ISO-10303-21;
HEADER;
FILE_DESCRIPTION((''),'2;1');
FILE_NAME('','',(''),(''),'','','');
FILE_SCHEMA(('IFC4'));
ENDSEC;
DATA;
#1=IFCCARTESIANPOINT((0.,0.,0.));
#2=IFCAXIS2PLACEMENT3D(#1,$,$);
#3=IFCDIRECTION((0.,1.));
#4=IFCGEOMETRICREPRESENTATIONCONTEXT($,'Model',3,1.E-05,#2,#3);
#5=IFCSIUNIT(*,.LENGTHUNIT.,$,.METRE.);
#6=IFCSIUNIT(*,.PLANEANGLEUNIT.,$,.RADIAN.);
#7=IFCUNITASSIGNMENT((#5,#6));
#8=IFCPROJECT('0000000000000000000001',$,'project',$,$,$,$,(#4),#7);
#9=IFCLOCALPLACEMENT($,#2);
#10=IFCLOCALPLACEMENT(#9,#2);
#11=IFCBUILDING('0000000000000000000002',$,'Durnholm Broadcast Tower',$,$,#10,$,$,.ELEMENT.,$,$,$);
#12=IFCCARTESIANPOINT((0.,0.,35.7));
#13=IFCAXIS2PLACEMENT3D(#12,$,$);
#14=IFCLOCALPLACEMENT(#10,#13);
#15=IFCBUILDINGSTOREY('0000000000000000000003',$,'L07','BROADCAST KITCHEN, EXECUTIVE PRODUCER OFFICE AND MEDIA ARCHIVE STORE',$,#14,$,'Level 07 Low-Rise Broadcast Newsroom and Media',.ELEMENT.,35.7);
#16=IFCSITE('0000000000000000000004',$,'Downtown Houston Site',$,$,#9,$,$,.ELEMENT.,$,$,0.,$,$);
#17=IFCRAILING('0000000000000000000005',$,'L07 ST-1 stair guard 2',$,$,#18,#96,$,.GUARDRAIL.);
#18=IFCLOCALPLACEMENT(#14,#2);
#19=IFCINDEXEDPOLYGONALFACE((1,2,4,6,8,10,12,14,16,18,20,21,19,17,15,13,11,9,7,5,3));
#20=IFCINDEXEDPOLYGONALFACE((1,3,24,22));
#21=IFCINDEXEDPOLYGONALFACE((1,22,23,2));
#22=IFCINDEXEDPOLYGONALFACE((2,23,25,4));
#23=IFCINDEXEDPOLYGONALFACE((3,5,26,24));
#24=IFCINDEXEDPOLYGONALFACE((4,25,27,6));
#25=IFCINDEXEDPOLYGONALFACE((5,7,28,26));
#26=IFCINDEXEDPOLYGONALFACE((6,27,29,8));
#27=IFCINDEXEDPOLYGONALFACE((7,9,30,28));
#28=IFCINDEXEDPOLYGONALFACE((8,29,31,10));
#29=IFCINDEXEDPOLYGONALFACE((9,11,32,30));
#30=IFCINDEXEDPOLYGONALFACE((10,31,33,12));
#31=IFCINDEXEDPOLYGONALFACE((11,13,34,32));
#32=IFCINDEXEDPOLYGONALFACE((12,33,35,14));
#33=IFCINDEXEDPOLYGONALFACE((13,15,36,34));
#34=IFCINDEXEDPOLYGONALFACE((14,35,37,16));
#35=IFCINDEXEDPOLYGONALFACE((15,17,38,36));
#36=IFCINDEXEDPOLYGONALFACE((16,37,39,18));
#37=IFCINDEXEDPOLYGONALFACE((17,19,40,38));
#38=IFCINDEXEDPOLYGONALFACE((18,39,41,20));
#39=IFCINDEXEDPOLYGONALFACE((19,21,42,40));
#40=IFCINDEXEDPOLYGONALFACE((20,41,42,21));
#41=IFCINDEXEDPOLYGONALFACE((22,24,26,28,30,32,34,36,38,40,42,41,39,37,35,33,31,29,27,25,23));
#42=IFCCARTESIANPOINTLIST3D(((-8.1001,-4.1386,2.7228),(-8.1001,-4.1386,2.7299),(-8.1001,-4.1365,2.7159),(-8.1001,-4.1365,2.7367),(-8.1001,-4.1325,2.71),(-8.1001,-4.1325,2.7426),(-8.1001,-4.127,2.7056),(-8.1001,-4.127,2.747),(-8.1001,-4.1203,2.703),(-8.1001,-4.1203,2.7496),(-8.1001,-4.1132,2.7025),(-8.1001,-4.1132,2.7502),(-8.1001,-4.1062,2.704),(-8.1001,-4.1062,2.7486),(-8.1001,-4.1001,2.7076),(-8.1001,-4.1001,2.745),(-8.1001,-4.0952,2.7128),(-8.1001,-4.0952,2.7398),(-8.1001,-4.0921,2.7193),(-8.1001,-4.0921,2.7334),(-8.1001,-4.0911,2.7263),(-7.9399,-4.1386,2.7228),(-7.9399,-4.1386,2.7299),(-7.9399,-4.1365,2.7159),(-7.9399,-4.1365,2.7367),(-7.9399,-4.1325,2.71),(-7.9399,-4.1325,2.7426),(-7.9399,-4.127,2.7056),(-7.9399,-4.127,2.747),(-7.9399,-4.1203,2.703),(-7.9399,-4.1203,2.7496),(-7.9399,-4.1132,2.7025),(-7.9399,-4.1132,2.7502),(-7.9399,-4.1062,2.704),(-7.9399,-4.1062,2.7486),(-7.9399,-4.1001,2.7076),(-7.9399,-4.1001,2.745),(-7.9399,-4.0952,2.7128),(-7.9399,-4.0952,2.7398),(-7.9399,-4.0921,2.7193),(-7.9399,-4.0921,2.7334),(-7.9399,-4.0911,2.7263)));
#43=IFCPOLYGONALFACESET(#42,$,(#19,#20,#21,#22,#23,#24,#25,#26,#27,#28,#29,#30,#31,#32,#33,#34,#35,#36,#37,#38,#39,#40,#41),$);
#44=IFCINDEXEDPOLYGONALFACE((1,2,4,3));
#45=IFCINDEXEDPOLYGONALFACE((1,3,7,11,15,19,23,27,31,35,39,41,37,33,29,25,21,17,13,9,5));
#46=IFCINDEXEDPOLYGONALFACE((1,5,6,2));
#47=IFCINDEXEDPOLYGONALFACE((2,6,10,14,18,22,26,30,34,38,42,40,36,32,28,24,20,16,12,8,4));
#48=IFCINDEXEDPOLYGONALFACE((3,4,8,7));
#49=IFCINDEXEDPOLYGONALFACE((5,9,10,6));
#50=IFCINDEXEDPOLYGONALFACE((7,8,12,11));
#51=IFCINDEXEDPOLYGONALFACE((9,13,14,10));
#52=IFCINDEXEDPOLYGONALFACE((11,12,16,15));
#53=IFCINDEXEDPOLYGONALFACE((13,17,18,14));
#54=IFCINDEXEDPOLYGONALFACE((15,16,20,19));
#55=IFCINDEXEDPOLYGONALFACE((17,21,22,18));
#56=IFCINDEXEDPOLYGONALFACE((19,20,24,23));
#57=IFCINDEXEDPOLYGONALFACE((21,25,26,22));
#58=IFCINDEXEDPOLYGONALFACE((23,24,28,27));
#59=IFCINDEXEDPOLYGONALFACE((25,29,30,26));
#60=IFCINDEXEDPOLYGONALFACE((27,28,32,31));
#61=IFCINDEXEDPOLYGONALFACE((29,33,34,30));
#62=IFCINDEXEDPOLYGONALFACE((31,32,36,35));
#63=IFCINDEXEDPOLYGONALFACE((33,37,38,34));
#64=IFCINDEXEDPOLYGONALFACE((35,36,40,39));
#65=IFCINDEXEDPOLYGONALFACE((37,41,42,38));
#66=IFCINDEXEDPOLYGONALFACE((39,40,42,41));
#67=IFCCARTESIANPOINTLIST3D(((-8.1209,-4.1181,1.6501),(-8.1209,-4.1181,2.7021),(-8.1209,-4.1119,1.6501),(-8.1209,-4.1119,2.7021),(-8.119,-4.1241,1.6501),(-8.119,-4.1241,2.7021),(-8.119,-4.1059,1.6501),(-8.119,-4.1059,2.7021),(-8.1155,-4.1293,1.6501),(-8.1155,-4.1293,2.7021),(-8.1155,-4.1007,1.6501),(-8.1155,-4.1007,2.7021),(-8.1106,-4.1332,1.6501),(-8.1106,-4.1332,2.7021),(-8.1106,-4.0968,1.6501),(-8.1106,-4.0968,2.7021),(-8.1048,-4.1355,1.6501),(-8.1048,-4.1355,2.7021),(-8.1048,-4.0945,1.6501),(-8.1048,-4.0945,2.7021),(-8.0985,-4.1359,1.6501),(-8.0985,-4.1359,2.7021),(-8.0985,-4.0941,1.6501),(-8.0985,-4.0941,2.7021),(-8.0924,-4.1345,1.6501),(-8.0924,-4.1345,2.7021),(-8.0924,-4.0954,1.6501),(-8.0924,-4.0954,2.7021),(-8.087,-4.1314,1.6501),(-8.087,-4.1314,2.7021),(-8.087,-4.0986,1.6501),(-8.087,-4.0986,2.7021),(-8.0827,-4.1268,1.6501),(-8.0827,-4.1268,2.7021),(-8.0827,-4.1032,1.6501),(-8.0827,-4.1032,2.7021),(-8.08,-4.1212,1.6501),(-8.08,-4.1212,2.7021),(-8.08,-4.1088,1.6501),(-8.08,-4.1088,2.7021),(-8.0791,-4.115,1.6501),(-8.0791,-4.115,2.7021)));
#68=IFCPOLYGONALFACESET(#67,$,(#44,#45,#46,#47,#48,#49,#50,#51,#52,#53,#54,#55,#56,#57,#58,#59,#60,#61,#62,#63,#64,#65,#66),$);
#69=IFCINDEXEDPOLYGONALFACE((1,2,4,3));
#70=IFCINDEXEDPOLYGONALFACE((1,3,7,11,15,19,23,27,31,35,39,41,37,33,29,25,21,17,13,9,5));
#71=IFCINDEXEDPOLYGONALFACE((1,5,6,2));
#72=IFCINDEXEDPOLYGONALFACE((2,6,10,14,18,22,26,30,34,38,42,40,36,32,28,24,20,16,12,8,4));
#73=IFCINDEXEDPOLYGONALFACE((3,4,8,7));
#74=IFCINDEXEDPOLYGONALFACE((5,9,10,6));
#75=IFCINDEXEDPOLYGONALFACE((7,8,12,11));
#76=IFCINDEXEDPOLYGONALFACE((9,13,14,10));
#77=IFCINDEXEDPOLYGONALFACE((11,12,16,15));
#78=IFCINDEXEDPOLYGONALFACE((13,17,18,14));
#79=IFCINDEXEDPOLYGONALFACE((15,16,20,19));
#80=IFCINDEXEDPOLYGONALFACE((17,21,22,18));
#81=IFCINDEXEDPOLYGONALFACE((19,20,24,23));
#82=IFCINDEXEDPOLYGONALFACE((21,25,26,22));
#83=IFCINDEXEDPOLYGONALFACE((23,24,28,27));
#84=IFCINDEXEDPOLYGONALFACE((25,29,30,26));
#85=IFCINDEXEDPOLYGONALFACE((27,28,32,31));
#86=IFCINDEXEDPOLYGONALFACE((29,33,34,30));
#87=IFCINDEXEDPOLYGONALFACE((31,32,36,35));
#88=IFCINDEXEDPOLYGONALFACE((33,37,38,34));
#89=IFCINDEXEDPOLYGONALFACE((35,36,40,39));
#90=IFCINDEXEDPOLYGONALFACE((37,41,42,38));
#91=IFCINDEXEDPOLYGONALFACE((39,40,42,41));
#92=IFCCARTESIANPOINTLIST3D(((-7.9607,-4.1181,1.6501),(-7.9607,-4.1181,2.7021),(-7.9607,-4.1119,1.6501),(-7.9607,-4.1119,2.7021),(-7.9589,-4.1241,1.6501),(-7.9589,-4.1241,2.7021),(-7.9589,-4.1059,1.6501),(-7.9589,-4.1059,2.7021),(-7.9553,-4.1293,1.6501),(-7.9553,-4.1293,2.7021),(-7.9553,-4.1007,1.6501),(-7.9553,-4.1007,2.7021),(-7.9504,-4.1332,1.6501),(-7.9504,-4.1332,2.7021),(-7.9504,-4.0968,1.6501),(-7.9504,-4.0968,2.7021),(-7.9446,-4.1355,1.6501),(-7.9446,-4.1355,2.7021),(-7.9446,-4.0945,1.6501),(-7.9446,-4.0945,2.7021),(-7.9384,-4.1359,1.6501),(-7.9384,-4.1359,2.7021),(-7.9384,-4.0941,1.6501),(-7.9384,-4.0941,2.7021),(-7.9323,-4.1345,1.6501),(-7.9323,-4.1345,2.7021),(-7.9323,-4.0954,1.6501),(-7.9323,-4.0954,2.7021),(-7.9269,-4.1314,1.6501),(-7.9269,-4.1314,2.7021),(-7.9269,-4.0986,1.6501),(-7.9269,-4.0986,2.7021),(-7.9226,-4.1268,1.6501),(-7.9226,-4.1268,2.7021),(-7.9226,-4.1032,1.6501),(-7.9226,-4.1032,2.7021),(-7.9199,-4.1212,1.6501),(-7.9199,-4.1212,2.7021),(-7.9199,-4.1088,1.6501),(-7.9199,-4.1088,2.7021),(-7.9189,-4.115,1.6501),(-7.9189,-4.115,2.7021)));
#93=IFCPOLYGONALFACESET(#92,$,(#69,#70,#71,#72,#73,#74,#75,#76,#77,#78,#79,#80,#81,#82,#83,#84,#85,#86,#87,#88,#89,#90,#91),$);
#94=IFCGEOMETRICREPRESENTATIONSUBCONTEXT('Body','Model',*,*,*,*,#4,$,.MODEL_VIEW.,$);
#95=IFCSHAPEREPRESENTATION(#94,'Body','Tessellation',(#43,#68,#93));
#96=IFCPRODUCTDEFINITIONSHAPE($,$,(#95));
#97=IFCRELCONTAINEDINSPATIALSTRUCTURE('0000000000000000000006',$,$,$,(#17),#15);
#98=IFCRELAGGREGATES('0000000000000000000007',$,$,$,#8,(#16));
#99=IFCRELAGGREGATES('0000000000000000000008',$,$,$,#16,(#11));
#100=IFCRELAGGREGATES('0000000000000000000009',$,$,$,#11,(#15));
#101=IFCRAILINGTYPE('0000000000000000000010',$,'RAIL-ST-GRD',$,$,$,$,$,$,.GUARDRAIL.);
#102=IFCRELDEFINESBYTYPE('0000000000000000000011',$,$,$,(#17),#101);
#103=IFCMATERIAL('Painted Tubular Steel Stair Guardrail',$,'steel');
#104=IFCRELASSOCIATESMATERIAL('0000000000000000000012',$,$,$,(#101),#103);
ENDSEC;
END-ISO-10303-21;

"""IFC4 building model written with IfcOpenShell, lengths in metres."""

from ifc_helpers import new_model, si_unit, direction, frame, origin, origin_2d, place, context, subcontext, project, spatial, circle, extrude, material, type_object, element, save


model = new_model("IFC4")

# Units and contexts
model_context = context("Model", 3, precision=1e-05, world=origin(), true_north=direction((0.0, 1.0)))
body_context = subcontext(model_context, "Body", "Model", "MODEL_VIEW")
ifc_project = project(units=[si_unit("LENGTHUNIT", "METRE"), si_unit("PLANEANGLEUNIT", "RADIAN")], contexts=[model_context])

# Site, building, storey
site_placement = place(None, origin())
site = spatial("IfcSite", under=ifc_project, at=site_placement, Name="Downtown Houston Site", CompositionType="ELEMENT", RefElevation=0.0)
building_placement = place(site_placement, origin())
building = spatial("IfcBuilding", under=site, at=building_placement, Name="Durnholm Broadcast Tower", CompositionType="ELEMENT")
storey_placement = place(building_placement, frame((0.0, 0.0, 35.7)))
storey = spatial("IfcBuildingStorey", under=building, at=storey_placement, Name="L07", Description="BROADCAST KITCHEN, EXECUTIVE PRODUCER OFFICE AND MEDIA ARCHIVE STORE", LongName="Level 07 Low-Rise Broadcast Newsroom and Media", CompositionType="ELEMENT", Elevation=35.7)

# Railing
ifc_material_1 = material(Name="Painted Tubular Steel Stair Guardrail", Category="steel")
railing_type_1 = type_object("IfcRailingType", Name="RAIL-ST-GRD", PredefinedType="GUARDRAIL", material=ifc_material_1)
railing_1_placement = place(storey_placement, frame((-8.1001, -4.115, 1.6501)))
element("IfcRailing", 1, at=railing_1_placement, inside=storey, type_object=railing_type_1, Name="L07 ST-1 stair guard 2", PredefinedType="GUARDRAIL", context=body_context, shape_type="SweptSolid", body=[
    extrude(circle(Radius=0.0239, at=origin_2d()), frame((0.0, 0.0, 1.0762), z_axis=(1.0, 0.0, 0.0), x_axis=(0.0, 1.0, 0.0)), (0.0, 0.0, 1.0), 0.1602),
    extrude(circle(Radius=0.021, at=origin_2d()), origin(), (0.0, 0.0, 1.0), 1.052),
    extrude(circle(Radius=0.021, at=origin_2d()), frame((0.1602, 0.0, 0.0)), (0.0, 0.0, 1.0), 1.052),
])

save(model, "model.ifc")
